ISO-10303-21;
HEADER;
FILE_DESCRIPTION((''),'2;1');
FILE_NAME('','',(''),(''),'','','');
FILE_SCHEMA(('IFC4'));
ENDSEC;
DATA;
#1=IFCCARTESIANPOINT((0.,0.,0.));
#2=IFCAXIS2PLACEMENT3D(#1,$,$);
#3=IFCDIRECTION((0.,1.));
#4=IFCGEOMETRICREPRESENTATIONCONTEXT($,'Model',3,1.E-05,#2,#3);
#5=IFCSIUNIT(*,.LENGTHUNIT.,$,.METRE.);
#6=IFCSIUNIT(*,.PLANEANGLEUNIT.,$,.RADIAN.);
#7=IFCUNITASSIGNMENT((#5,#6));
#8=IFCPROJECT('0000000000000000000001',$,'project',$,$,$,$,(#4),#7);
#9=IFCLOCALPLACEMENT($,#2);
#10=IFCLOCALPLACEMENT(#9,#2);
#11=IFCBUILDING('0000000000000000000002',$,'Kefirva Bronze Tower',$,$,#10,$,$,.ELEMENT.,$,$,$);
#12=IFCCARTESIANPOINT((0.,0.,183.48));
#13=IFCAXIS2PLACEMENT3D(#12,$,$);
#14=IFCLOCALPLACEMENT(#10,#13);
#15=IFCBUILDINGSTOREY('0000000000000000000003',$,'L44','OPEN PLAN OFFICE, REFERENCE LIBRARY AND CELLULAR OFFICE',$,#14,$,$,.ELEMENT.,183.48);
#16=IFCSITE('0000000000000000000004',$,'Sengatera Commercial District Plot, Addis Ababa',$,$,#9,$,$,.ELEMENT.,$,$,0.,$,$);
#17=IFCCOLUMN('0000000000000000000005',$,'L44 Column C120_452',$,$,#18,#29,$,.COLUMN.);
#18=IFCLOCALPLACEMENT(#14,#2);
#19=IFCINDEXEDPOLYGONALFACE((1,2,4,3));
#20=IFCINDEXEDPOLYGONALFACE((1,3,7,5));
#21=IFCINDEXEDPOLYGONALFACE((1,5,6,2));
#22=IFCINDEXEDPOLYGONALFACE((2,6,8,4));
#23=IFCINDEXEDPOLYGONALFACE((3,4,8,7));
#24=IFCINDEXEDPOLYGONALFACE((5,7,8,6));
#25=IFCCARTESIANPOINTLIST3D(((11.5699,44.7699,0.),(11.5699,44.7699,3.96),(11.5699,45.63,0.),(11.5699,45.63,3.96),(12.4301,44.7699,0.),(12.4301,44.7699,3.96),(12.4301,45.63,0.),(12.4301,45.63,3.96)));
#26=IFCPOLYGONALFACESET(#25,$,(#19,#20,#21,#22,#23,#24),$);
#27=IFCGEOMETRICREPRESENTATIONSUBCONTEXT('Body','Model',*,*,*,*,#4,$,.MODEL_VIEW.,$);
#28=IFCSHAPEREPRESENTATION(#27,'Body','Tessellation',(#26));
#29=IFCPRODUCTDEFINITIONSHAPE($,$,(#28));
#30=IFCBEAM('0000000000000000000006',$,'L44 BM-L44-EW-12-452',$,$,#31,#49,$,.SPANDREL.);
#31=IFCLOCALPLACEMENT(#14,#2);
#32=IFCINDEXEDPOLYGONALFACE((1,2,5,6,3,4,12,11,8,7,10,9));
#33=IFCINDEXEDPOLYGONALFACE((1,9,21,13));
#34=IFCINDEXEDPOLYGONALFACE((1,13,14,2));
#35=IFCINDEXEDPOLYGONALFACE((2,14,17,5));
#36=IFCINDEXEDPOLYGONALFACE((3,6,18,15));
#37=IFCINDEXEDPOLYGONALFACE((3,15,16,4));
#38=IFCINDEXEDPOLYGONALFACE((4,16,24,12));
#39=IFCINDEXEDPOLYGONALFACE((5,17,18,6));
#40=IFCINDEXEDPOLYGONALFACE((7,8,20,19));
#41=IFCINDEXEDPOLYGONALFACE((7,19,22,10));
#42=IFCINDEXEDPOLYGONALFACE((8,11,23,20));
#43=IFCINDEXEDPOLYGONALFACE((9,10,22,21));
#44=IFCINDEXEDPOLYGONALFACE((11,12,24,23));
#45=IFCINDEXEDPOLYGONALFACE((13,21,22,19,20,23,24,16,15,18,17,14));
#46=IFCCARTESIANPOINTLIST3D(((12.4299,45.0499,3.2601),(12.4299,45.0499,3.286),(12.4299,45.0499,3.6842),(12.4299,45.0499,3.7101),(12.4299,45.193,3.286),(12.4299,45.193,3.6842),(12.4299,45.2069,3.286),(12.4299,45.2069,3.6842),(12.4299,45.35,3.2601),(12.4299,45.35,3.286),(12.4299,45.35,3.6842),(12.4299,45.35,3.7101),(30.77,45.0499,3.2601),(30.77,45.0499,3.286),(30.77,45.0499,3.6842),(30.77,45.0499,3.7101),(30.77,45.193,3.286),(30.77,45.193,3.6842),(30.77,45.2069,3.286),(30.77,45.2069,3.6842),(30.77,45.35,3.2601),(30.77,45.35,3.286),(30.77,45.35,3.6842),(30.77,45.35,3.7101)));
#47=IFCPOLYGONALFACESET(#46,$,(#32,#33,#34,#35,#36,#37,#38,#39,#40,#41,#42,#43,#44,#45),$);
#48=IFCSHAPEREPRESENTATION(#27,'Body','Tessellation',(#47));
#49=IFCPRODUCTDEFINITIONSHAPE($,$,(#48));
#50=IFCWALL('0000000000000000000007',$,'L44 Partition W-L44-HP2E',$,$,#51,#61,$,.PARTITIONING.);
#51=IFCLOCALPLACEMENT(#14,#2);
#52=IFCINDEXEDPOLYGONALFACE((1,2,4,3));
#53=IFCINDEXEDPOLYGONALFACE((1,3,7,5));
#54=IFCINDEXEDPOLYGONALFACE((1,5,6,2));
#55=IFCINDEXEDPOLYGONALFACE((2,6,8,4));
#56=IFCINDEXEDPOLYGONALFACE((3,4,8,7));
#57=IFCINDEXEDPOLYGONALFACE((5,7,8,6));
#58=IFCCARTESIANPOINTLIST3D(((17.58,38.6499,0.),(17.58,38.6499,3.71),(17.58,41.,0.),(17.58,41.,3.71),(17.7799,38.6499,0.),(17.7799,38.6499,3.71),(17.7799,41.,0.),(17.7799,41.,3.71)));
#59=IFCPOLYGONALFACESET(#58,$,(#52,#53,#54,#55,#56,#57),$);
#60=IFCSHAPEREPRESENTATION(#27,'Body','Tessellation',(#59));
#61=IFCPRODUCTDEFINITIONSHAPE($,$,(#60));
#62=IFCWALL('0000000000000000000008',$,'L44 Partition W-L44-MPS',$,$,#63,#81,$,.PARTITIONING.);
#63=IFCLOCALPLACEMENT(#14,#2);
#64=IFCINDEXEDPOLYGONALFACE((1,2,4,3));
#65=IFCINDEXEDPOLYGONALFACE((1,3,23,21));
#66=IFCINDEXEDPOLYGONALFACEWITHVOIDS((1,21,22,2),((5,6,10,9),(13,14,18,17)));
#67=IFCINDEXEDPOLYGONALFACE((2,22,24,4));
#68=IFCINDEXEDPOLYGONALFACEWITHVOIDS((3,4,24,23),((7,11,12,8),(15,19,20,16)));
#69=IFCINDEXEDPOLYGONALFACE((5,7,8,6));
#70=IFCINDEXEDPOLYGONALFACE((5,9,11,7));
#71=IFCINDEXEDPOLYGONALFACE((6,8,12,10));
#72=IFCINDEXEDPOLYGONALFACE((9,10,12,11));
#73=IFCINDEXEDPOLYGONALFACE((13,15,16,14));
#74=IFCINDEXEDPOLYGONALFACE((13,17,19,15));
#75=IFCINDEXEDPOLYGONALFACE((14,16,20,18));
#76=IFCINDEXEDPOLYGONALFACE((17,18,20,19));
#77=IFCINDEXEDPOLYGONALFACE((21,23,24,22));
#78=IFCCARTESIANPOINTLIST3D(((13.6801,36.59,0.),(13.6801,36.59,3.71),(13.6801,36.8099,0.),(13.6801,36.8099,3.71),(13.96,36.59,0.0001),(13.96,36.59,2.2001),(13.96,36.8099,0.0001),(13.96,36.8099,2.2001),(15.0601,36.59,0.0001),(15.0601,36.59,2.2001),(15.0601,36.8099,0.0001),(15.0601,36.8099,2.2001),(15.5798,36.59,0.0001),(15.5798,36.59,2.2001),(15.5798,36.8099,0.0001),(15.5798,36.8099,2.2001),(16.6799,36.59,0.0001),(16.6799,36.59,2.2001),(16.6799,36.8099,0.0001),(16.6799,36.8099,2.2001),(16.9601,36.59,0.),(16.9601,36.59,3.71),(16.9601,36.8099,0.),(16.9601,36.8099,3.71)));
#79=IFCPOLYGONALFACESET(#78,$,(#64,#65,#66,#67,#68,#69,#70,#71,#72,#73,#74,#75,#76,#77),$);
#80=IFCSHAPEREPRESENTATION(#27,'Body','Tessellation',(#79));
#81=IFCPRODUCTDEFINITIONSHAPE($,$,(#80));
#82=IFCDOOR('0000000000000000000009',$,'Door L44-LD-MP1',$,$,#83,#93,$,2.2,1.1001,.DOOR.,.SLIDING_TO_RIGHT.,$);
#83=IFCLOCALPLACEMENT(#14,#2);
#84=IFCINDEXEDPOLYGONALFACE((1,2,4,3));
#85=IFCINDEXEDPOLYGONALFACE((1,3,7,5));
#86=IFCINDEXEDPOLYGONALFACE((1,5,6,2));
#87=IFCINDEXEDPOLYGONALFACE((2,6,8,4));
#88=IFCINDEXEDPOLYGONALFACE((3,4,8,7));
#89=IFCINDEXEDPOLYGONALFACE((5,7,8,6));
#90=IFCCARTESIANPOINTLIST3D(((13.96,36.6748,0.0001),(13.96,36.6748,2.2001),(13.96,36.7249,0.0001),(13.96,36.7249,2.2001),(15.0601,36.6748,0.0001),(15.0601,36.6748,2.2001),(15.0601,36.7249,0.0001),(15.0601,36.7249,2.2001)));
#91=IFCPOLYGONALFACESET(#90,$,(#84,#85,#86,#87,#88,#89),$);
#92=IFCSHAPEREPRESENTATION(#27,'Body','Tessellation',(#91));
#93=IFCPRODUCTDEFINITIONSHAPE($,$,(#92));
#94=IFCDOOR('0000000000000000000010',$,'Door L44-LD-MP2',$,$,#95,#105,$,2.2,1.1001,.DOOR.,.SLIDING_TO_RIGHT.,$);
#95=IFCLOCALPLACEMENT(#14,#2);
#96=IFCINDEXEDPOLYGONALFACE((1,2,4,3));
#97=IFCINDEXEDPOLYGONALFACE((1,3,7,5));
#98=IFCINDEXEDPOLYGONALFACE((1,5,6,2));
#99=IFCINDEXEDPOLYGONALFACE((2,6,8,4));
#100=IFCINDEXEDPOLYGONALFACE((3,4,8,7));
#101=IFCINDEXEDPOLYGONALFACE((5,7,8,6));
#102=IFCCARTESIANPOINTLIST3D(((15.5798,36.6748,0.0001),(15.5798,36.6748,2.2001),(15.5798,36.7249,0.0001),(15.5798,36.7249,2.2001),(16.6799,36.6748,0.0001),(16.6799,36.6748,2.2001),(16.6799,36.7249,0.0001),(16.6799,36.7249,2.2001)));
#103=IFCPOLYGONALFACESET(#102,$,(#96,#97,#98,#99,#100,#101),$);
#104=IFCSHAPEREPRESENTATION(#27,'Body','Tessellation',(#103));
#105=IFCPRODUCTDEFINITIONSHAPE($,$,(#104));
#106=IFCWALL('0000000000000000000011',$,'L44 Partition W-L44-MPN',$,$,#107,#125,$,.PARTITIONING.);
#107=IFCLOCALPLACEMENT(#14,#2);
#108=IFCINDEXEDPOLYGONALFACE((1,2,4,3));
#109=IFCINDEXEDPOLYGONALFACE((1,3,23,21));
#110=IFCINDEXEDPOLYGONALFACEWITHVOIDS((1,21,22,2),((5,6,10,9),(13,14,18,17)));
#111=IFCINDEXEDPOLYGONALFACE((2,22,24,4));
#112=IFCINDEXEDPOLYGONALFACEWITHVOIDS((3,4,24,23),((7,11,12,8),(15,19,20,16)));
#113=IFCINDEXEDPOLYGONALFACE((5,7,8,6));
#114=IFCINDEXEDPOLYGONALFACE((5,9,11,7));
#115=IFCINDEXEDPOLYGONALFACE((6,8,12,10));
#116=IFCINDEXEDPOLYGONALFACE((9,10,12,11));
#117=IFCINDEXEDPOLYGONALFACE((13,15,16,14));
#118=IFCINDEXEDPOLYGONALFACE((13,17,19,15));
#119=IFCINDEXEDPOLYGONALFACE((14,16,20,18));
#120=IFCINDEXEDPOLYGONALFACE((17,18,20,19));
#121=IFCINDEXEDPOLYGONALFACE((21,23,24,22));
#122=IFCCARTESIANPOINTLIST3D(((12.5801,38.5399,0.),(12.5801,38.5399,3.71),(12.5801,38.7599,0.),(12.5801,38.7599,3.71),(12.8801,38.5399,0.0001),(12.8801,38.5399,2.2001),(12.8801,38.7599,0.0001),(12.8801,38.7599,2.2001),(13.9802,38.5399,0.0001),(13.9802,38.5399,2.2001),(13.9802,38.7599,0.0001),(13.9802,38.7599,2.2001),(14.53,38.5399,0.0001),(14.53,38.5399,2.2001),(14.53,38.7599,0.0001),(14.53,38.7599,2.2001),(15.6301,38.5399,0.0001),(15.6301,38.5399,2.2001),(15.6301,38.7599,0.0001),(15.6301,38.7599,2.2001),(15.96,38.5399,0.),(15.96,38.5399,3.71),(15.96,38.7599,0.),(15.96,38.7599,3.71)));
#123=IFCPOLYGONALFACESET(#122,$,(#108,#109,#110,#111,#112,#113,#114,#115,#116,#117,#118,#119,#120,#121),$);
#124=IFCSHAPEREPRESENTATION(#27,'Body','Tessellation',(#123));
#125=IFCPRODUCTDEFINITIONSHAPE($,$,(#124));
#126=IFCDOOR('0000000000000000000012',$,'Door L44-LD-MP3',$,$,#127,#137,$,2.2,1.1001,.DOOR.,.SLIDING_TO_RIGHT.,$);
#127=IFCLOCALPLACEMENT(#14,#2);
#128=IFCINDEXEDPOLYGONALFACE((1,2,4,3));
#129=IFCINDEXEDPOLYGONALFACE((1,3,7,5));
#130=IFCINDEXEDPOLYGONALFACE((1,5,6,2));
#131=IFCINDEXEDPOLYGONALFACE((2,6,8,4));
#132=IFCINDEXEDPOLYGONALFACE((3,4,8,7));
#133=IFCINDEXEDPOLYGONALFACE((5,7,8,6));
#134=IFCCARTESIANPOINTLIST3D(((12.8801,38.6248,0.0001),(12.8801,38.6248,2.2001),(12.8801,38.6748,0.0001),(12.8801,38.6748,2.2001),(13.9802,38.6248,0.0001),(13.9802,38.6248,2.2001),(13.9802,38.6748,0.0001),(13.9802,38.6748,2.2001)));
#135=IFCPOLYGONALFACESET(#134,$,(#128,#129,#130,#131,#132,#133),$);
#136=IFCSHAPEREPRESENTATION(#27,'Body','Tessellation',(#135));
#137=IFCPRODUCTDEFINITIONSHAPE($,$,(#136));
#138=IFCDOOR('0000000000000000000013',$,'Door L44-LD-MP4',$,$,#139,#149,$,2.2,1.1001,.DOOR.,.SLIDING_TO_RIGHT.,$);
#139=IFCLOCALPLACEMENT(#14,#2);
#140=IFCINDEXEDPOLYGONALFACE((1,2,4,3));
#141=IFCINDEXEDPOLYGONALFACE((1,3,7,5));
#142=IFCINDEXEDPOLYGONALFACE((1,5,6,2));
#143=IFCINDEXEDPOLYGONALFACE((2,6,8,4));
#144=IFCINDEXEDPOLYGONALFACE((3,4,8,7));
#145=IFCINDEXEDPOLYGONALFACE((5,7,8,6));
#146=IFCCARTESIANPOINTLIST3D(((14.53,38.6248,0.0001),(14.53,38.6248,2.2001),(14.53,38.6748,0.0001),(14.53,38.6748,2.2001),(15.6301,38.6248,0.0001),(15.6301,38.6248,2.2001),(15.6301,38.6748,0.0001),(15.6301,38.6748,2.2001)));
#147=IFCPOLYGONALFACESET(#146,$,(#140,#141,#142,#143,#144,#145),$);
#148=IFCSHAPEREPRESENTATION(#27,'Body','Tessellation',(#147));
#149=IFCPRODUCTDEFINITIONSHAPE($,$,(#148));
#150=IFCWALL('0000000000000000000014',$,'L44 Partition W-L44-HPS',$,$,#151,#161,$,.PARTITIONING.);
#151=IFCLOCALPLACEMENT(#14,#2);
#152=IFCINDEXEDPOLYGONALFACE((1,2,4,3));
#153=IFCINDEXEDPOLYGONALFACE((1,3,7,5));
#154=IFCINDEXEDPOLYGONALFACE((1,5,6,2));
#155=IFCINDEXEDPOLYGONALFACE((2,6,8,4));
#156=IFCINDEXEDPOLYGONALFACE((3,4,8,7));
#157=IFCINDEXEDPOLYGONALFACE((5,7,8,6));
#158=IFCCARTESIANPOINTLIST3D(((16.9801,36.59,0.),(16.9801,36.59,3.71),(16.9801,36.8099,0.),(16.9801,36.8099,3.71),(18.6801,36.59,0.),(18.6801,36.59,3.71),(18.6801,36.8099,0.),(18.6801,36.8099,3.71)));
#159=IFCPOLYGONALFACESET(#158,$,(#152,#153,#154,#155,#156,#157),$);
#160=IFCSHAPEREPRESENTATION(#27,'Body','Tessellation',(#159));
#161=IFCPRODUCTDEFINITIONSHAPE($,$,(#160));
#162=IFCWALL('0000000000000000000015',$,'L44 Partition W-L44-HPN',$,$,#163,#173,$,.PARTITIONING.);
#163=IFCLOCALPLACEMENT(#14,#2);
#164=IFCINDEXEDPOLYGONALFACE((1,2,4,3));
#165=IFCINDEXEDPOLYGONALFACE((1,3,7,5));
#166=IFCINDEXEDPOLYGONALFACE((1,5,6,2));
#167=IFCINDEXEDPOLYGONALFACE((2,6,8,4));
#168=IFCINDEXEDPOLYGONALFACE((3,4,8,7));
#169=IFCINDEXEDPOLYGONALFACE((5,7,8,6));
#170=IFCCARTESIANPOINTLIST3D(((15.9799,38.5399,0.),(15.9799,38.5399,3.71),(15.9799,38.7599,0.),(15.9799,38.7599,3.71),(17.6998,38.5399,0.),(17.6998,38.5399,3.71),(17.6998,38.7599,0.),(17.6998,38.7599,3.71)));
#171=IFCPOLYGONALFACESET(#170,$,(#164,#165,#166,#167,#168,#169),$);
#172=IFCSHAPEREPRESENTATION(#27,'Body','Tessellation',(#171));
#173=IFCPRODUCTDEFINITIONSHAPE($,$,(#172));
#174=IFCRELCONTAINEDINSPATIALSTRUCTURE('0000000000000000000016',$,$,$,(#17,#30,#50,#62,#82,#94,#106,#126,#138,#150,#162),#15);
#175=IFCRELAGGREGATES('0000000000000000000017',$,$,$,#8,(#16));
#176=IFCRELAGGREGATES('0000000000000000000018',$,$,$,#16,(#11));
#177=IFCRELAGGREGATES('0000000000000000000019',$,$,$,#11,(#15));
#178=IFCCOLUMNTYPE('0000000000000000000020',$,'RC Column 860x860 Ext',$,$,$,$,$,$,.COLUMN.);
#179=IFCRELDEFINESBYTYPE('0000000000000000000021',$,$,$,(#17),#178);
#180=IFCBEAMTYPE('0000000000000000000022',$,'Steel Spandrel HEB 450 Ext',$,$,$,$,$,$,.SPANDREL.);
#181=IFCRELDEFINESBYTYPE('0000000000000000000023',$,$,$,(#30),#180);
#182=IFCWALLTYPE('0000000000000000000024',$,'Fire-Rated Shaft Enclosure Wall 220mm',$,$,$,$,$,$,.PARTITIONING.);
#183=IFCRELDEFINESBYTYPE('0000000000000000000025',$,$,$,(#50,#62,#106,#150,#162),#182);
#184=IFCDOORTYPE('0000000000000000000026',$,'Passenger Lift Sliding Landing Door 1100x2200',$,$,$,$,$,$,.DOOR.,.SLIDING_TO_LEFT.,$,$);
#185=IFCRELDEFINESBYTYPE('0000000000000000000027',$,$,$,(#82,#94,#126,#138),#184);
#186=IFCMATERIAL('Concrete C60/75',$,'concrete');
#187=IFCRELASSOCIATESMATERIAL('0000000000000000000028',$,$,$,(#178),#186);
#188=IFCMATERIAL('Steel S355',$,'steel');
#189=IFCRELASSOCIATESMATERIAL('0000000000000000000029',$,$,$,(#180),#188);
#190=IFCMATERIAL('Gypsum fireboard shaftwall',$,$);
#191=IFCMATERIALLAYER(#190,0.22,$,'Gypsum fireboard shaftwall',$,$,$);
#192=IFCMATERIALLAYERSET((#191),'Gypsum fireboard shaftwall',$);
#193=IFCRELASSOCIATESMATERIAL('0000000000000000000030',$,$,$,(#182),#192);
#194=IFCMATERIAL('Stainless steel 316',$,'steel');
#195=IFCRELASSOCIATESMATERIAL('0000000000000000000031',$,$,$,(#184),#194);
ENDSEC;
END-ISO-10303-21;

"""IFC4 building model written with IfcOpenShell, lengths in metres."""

from ifc_helpers import new_model, si_unit, direction, frame, frame_2d, origin, origin_2d, place, context, subcontext, project, spatial, rectangle, i_section, extrude, material, layer, layer_set, material_profile, profile_set, type_object, element, fill, save


model = new_model("IFC4")

# Units and contexts
model_context = context("Model", 3, precision=1e-05, world=origin(), true_north=direction((0.0, 1.0)))
body_context = subcontext(model_context, "Body", "Model", "MODEL_VIEW")
ifc_project = project(units=[si_unit("LENGTHUNIT", "METRE"), si_unit("PLANEANGLEUNIT", "RADIAN")], contexts=[model_context])

# Site, building, storey
site_placement = place(None, origin())
site = spatial("IfcSite", under=ifc_project, at=site_placement, Name="Sengatera Commercial District Plot, Addis Ababa", CompositionType="ELEMENT", RefElevation=0.0)
building_placement = place(site_placement, origin())
building = spatial("IfcBuilding", under=site, at=building_placement, Name="Kefirva Bronze Tower", CompositionType="ELEMENT")
storey_placement = place(building_placement, frame((0.0, 0.0, 183.48)))
storey = spatial("IfcBuildingStorey", under=building, at=storey_placement, Name="L44", Description="OPEN PLAN OFFICE, REFERENCE LIBRARY AND CELLULAR OFFICE", CompositionType="ELEMENT", Elevation=183.48)

# Column
ifc_material_1 = material(Name="Concrete C60/75", Category="concrete")
ifc_material_profile_1 = material_profile(ifc_material_1, rectangle(XDim=0.8601, YDim=0.8601, at=origin_2d()), Name="RC 860x860")
ifc_profile_set_1 = profile_set([ifc_material_profile_1], Name="Concrete C60/75")
column_type = type_object("IfcColumnType", Name="RC Column 860x860 Ext", PredefinedType="COLUMN", material=ifc_profile_set_1)
column_placement = place(storey_placement, frame((12.0, 45.2, 0.0), z_axis=(0.0, 0.0, 1.0), x_axis=(1.0, 0.0, 0.0)))
element("IfcColumn", 1, at=column_placement, inside=storey, type_object=column_type, Name="L44 Column C120_452", PredefinedType="COLUMN", context=body_context, shape_type="SweptSolid", body=[
    extrude(rectangle(XDim=0.8601, YDim=0.8601, at=origin_2d()), origin(), (0.0, 0.0, 1.0), 3.96),
])

# Beam
ifc_material_2 = material(Name="Steel S355", Category="steel")
ifc_material_profile_2 = material_profile(ifc_material_2, i_section(OverallWidth=0.3, OverallDepth=0.45, WebThickness=0.0139, FlangeThickness=0.0259, at=origin_2d()), Name="HEB 450")
ifc_profile_set_2 = profile_set([ifc_material_profile_2], Name="Steel S355")
beam_type = type_object("IfcBeamType", Name="Steel Spandrel HEB 450 Ext", PredefinedType="SPANDREL", material=ifc_profile_set_2)
beam_placement = place(storey_placement, frame((12.4299, 45.2, 3.4851), z_axis=(1.0, 0.0, 0.0), x_axis=(0.0, 1.0, 0.0)))
element("IfcBeam", 2, at=beam_placement, inside=storey, type_object=beam_type, Name="L44 BM-L44-EW-12-452", PredefinedType="SPANDREL", context=body_context, shape_type="SweptSolid", body=[
    extrude(i_section(OverallWidth=0.3, OverallDepth=0.45, WebThickness=0.0139, FlangeThickness=0.0259, at=origin_2d()), origin(), (0.0, 0.0, 1.0), 18.3401),
])

# Wall
ifc_material_3 = material(Name="Gypsum fireboard shaftwall")
ifc_layer_1 = layer(ifc_material_3, 0.22, Name="Gypsum fireboard shaftwall")
ifc_layer_set_1 = layer_set([ifc_layer_1], Name="Gypsum fireboard shaftwall")
wall_type_1 = type_object("IfcWallType", Name="Fire-Rated Shaft Enclosure Wall 220mm", PredefinedType="PARTITIONING", material=ifc_layer_set_1)
wall_1_placement = place(storey_placement, frame((17.6799, 38.6499, 0.0), z_axis=(0.0, 0.0, 1.0), x_axis=(0.0, 1.0, 0.0)))
element("IfcWall", 3, at=wall_1_placement, inside=storey, type_object=wall_type_1, Name="L44 Partition W-L44-HP2E", PredefinedType="PARTITIONING", context=body_context, shape_type="SweptSolid", body=[
    extrude(rectangle(XDim=2.3501, YDim=0.2, at=frame_2d((1.175, 0.0))), origin(), (0.0, 0.0, 1.0), 3.71),
])

# Walls, openings, doors
wall_2_placement = place(storey_placement, frame((13.6799, 36.7, 0.0), z_axis=(0.0, 0.0, 1.0), x_axis=(1.0, 0.0, 0.0)))
wall_2 = element("IfcWall", 4, at=wall_2_placement, inside=storey, type_object=wall_type_1, Name="L44 Partition W-L44-MPS", PredefinedType="PARTITIONING", context=body_context, shape_type="SweptSolid", body=[
    extrude(rectangle(XDim=3.28, YDim=0.22, at=frame_2d((1.6401, 0.0))), origin(), (0.0, 0.0, 1.0), 3.71),
])
opening_1_placement = place(wall_2_placement, frame((0.28, 0.0, 0.0)))
opening_1 = element("IfcOpeningElement", 5, at=opening_1_placement, cuts=wall_2, PredefinedType="OPENING", context=body_context, shape_type="SweptSolid", body=[
    extrude(rectangle(XDim=1.1001, YDim=2.2, at=frame_2d((0.55, 1.1001))), frame((0.0, 0.1201, 0.0), z_axis=(0.0, -1.0, 0.0), x_axis=(1.0, 0.0, 0.0)), (0.0, 0.0, 1.0), 0.24),
])
opening_2_placement = place(wall_2_placement, frame((1.8999, 0.0, 0.0)))
opening_2 = element("IfcOpeningElement", 6, at=opening_2_placement, cuts=wall_2, PredefinedType="OPENING", context=body_context, shape_type="SweptSolid", body=[
    extrude(rectangle(XDim=1.1001, YDim=2.2, at=frame_2d((0.55, 1.1001))), frame((0.0, 0.1201, 0.0), z_axis=(0.0, -1.0, 0.0), x_axis=(1.0, 0.0, 0.0)), (0.0, 0.0, 1.0), 0.24),
])
ifc_material_4 = material(Name="Stainless steel 316", Category="steel")
door_type_1 = type_object("IfcDoorType", Name="Passenger Lift Sliding Landing Door 1100x2200", OperationType="SLIDING_TO_LEFT", PredefinedType="DOOR", material=ifc_material_4)
door_1_placement = place(opening_1_placement, origin())
door_1 = element("IfcDoor", 7, at=door_1_placement, inside=storey, type_object=door_type_1, Name="Door L44-LD-MP1", OperationType="SLIDING_TO_RIGHT", OverallHeight=2.2, OverallWidth=1.1001, PredefinedType="DOOR", context=body_context, shape_type="SweptSolid", body=[
    extrude(rectangle(XDim=1.1001, YDim=2.2, at=frame_2d((0.55, 1.1001))), frame((0.0, 0.0249, 0.0), z_axis=(0.0, -1.0, 0.0), x_axis=(1.0, 0.0, 0.0)), (0.0, 0.0, 1.0), 0.05),
])
fill(opening_1, door_1)
door_2_placement = place(opening_2_placement, origin())
door_2 = element("IfcDoor", 8, at=door_2_placement, inside=storey, type_object=door_type_1, Name="Door L44-LD-MP2", OperationType="SLIDING_TO_RIGHT", OverallHeight=2.2, OverallWidth=1.1001, PredefinedType="DOOR", context=body_context, shape_type="SweptSolid", body=[
    extrude(rectangle(XDim=1.1001, YDim=2.2, at=frame_2d((0.55, 1.1001))), frame((0.0, 0.0249, 0.0), z_axis=(0.0, -1.0, 0.0), x_axis=(1.0, 0.0, 0.0)), (0.0, 0.0, 1.0), 0.05),
])
fill(opening_2, door_2)
wall_3_placement = place(storey_placement, frame((12.5801, 38.6499, 0.0), z_axis=(0.0, 0.0, 1.0), x_axis=(1.0, 0.0, 0.0)))
wall_3 = element("IfcWall", 9, at=wall_3_placement, inside=storey, type_object=wall_type_1, Name="L44 Partition W-L44-MPN", PredefinedType="PARTITIONING", context=body_context, shape_type="SweptSolid", body=[
    extrude(rectangle(XDim=3.3799, YDim=0.22, at=frame_2d((1.6899, 0.0))), origin(), (0.0, 0.0, 1.0), 3.71),
])
opening_3_placement = place(wall_3_placement, frame((0.3, 0.0, 0.0)))
opening_3 = element("IfcOpeningElement", 10, at=opening_3_placement, cuts=wall_3, PredefinedType="OPENING", context=body_context, shape_type="SweptSolid", body=[
    extrude(rectangle(XDim=1.1001, YDim=2.2, at=frame_2d((0.55, 1.1001))), frame((0.0, 0.1201, 0.0), z_axis=(0.0, -1.0, 0.0), x_axis=(1.0, 0.0, 0.0)), (0.0, 0.0, 1.0), 0.24),
])
opening_4_placement = place(wall_3_placement, frame((1.95, 0.0, 0.0)))
opening_4 = element("IfcOpeningElement", 11, at=opening_4_placement, cuts=wall_3, PredefinedType="OPENING", context=body_context, shape_type="SweptSolid", body=[
    extrude(rectangle(XDim=1.1001, YDim=2.2, at=frame_2d((0.55, 1.1001))), frame((0.0, 0.1201, 0.0), z_axis=(0.0, -1.0, 0.0), x_axis=(1.0, 0.0, 0.0)), (0.0, 0.0, 1.0), 0.24),
])
door_3_placement = place(opening_3_placement, origin())
door_3 = element("IfcDoor", 12, at=door_3_placement, inside=storey, type_object=door_type_1, Name="Door L44-LD-MP3", OperationType="SLIDING_TO_RIGHT", OverallHeight=2.2, OverallWidth=1.1001, PredefinedType="DOOR", context=body_context, shape_type="SweptSolid", body=[
    extrude(rectangle(XDim=1.1001, YDim=2.2, at=frame_2d((0.55, 1.1001))), frame((0.0, 0.0249, 0.0), z_axis=(0.0, -1.0, 0.0), x_axis=(1.0, 0.0, 0.0)), (0.0, 0.0, 1.0), 0.05),
])
fill(opening_3, door_3)
door_4_placement = place(opening_4_placement, origin())
door_4 = element("IfcDoor", 13, at=door_4_placement, inside=storey, type_object=door_type_1, Name="Door L44-LD-MP4", OperationType="SLIDING_TO_RIGHT", OverallHeight=2.2, OverallWidth=1.1001, PredefinedType="DOOR", context=body_context, shape_type="SweptSolid", body=[
    extrude(rectangle(XDim=1.1001, YDim=2.2, at=frame_2d((0.55, 1.1001))), frame((0.0, 0.0249, 0.0), z_axis=(0.0, -1.0, 0.0), x_axis=(1.0, 0.0, 0.0)), (0.0, 0.0, 1.0), 0.05),
])
fill(opening_4, door_4)

# Walls
wall_4_placement = place(storey_placement, frame((16.98, 36.7, 0.0), z_axis=(0.0, 0.0, 1.0), x_axis=(1.0, 0.0, 0.0)))
element("IfcWall", 14, at=wall_4_placement, inside=storey, type_object=wall_type_1, Name="L44 Partition W-L44-HPS", PredefinedType="PARTITIONING", context=body_context, shape_type="SweptSolid", body=[
    extrude(rectangle(XDim=1.7, YDim=0.22, at=frame_2d((0.8501, 0.0))), origin(), (0.0, 0.0, 1.0), 3.71),
])
wall_5_placement = place(storey_placement, frame((15.98, 38.6499, 0.0), z_axis=(0.0, 0.0, 1.0), x_axis=(1.0, 0.0, 0.0)))
element("IfcWall", 15, at=wall_5_placement, inside=storey, type_object=wall_type_1, Name="L44 Partition W-L44-HPN", PredefinedType="PARTITIONING", context=body_context, shape_type="SweptSolid", body=[
    extrude(rectangle(XDim=1.72, YDim=0.22, at=frame_2d((0.8599, 0.0))), origin(), (0.0, 0.0, 1.0), 3.71),
])

save(model, "model.ifc")
